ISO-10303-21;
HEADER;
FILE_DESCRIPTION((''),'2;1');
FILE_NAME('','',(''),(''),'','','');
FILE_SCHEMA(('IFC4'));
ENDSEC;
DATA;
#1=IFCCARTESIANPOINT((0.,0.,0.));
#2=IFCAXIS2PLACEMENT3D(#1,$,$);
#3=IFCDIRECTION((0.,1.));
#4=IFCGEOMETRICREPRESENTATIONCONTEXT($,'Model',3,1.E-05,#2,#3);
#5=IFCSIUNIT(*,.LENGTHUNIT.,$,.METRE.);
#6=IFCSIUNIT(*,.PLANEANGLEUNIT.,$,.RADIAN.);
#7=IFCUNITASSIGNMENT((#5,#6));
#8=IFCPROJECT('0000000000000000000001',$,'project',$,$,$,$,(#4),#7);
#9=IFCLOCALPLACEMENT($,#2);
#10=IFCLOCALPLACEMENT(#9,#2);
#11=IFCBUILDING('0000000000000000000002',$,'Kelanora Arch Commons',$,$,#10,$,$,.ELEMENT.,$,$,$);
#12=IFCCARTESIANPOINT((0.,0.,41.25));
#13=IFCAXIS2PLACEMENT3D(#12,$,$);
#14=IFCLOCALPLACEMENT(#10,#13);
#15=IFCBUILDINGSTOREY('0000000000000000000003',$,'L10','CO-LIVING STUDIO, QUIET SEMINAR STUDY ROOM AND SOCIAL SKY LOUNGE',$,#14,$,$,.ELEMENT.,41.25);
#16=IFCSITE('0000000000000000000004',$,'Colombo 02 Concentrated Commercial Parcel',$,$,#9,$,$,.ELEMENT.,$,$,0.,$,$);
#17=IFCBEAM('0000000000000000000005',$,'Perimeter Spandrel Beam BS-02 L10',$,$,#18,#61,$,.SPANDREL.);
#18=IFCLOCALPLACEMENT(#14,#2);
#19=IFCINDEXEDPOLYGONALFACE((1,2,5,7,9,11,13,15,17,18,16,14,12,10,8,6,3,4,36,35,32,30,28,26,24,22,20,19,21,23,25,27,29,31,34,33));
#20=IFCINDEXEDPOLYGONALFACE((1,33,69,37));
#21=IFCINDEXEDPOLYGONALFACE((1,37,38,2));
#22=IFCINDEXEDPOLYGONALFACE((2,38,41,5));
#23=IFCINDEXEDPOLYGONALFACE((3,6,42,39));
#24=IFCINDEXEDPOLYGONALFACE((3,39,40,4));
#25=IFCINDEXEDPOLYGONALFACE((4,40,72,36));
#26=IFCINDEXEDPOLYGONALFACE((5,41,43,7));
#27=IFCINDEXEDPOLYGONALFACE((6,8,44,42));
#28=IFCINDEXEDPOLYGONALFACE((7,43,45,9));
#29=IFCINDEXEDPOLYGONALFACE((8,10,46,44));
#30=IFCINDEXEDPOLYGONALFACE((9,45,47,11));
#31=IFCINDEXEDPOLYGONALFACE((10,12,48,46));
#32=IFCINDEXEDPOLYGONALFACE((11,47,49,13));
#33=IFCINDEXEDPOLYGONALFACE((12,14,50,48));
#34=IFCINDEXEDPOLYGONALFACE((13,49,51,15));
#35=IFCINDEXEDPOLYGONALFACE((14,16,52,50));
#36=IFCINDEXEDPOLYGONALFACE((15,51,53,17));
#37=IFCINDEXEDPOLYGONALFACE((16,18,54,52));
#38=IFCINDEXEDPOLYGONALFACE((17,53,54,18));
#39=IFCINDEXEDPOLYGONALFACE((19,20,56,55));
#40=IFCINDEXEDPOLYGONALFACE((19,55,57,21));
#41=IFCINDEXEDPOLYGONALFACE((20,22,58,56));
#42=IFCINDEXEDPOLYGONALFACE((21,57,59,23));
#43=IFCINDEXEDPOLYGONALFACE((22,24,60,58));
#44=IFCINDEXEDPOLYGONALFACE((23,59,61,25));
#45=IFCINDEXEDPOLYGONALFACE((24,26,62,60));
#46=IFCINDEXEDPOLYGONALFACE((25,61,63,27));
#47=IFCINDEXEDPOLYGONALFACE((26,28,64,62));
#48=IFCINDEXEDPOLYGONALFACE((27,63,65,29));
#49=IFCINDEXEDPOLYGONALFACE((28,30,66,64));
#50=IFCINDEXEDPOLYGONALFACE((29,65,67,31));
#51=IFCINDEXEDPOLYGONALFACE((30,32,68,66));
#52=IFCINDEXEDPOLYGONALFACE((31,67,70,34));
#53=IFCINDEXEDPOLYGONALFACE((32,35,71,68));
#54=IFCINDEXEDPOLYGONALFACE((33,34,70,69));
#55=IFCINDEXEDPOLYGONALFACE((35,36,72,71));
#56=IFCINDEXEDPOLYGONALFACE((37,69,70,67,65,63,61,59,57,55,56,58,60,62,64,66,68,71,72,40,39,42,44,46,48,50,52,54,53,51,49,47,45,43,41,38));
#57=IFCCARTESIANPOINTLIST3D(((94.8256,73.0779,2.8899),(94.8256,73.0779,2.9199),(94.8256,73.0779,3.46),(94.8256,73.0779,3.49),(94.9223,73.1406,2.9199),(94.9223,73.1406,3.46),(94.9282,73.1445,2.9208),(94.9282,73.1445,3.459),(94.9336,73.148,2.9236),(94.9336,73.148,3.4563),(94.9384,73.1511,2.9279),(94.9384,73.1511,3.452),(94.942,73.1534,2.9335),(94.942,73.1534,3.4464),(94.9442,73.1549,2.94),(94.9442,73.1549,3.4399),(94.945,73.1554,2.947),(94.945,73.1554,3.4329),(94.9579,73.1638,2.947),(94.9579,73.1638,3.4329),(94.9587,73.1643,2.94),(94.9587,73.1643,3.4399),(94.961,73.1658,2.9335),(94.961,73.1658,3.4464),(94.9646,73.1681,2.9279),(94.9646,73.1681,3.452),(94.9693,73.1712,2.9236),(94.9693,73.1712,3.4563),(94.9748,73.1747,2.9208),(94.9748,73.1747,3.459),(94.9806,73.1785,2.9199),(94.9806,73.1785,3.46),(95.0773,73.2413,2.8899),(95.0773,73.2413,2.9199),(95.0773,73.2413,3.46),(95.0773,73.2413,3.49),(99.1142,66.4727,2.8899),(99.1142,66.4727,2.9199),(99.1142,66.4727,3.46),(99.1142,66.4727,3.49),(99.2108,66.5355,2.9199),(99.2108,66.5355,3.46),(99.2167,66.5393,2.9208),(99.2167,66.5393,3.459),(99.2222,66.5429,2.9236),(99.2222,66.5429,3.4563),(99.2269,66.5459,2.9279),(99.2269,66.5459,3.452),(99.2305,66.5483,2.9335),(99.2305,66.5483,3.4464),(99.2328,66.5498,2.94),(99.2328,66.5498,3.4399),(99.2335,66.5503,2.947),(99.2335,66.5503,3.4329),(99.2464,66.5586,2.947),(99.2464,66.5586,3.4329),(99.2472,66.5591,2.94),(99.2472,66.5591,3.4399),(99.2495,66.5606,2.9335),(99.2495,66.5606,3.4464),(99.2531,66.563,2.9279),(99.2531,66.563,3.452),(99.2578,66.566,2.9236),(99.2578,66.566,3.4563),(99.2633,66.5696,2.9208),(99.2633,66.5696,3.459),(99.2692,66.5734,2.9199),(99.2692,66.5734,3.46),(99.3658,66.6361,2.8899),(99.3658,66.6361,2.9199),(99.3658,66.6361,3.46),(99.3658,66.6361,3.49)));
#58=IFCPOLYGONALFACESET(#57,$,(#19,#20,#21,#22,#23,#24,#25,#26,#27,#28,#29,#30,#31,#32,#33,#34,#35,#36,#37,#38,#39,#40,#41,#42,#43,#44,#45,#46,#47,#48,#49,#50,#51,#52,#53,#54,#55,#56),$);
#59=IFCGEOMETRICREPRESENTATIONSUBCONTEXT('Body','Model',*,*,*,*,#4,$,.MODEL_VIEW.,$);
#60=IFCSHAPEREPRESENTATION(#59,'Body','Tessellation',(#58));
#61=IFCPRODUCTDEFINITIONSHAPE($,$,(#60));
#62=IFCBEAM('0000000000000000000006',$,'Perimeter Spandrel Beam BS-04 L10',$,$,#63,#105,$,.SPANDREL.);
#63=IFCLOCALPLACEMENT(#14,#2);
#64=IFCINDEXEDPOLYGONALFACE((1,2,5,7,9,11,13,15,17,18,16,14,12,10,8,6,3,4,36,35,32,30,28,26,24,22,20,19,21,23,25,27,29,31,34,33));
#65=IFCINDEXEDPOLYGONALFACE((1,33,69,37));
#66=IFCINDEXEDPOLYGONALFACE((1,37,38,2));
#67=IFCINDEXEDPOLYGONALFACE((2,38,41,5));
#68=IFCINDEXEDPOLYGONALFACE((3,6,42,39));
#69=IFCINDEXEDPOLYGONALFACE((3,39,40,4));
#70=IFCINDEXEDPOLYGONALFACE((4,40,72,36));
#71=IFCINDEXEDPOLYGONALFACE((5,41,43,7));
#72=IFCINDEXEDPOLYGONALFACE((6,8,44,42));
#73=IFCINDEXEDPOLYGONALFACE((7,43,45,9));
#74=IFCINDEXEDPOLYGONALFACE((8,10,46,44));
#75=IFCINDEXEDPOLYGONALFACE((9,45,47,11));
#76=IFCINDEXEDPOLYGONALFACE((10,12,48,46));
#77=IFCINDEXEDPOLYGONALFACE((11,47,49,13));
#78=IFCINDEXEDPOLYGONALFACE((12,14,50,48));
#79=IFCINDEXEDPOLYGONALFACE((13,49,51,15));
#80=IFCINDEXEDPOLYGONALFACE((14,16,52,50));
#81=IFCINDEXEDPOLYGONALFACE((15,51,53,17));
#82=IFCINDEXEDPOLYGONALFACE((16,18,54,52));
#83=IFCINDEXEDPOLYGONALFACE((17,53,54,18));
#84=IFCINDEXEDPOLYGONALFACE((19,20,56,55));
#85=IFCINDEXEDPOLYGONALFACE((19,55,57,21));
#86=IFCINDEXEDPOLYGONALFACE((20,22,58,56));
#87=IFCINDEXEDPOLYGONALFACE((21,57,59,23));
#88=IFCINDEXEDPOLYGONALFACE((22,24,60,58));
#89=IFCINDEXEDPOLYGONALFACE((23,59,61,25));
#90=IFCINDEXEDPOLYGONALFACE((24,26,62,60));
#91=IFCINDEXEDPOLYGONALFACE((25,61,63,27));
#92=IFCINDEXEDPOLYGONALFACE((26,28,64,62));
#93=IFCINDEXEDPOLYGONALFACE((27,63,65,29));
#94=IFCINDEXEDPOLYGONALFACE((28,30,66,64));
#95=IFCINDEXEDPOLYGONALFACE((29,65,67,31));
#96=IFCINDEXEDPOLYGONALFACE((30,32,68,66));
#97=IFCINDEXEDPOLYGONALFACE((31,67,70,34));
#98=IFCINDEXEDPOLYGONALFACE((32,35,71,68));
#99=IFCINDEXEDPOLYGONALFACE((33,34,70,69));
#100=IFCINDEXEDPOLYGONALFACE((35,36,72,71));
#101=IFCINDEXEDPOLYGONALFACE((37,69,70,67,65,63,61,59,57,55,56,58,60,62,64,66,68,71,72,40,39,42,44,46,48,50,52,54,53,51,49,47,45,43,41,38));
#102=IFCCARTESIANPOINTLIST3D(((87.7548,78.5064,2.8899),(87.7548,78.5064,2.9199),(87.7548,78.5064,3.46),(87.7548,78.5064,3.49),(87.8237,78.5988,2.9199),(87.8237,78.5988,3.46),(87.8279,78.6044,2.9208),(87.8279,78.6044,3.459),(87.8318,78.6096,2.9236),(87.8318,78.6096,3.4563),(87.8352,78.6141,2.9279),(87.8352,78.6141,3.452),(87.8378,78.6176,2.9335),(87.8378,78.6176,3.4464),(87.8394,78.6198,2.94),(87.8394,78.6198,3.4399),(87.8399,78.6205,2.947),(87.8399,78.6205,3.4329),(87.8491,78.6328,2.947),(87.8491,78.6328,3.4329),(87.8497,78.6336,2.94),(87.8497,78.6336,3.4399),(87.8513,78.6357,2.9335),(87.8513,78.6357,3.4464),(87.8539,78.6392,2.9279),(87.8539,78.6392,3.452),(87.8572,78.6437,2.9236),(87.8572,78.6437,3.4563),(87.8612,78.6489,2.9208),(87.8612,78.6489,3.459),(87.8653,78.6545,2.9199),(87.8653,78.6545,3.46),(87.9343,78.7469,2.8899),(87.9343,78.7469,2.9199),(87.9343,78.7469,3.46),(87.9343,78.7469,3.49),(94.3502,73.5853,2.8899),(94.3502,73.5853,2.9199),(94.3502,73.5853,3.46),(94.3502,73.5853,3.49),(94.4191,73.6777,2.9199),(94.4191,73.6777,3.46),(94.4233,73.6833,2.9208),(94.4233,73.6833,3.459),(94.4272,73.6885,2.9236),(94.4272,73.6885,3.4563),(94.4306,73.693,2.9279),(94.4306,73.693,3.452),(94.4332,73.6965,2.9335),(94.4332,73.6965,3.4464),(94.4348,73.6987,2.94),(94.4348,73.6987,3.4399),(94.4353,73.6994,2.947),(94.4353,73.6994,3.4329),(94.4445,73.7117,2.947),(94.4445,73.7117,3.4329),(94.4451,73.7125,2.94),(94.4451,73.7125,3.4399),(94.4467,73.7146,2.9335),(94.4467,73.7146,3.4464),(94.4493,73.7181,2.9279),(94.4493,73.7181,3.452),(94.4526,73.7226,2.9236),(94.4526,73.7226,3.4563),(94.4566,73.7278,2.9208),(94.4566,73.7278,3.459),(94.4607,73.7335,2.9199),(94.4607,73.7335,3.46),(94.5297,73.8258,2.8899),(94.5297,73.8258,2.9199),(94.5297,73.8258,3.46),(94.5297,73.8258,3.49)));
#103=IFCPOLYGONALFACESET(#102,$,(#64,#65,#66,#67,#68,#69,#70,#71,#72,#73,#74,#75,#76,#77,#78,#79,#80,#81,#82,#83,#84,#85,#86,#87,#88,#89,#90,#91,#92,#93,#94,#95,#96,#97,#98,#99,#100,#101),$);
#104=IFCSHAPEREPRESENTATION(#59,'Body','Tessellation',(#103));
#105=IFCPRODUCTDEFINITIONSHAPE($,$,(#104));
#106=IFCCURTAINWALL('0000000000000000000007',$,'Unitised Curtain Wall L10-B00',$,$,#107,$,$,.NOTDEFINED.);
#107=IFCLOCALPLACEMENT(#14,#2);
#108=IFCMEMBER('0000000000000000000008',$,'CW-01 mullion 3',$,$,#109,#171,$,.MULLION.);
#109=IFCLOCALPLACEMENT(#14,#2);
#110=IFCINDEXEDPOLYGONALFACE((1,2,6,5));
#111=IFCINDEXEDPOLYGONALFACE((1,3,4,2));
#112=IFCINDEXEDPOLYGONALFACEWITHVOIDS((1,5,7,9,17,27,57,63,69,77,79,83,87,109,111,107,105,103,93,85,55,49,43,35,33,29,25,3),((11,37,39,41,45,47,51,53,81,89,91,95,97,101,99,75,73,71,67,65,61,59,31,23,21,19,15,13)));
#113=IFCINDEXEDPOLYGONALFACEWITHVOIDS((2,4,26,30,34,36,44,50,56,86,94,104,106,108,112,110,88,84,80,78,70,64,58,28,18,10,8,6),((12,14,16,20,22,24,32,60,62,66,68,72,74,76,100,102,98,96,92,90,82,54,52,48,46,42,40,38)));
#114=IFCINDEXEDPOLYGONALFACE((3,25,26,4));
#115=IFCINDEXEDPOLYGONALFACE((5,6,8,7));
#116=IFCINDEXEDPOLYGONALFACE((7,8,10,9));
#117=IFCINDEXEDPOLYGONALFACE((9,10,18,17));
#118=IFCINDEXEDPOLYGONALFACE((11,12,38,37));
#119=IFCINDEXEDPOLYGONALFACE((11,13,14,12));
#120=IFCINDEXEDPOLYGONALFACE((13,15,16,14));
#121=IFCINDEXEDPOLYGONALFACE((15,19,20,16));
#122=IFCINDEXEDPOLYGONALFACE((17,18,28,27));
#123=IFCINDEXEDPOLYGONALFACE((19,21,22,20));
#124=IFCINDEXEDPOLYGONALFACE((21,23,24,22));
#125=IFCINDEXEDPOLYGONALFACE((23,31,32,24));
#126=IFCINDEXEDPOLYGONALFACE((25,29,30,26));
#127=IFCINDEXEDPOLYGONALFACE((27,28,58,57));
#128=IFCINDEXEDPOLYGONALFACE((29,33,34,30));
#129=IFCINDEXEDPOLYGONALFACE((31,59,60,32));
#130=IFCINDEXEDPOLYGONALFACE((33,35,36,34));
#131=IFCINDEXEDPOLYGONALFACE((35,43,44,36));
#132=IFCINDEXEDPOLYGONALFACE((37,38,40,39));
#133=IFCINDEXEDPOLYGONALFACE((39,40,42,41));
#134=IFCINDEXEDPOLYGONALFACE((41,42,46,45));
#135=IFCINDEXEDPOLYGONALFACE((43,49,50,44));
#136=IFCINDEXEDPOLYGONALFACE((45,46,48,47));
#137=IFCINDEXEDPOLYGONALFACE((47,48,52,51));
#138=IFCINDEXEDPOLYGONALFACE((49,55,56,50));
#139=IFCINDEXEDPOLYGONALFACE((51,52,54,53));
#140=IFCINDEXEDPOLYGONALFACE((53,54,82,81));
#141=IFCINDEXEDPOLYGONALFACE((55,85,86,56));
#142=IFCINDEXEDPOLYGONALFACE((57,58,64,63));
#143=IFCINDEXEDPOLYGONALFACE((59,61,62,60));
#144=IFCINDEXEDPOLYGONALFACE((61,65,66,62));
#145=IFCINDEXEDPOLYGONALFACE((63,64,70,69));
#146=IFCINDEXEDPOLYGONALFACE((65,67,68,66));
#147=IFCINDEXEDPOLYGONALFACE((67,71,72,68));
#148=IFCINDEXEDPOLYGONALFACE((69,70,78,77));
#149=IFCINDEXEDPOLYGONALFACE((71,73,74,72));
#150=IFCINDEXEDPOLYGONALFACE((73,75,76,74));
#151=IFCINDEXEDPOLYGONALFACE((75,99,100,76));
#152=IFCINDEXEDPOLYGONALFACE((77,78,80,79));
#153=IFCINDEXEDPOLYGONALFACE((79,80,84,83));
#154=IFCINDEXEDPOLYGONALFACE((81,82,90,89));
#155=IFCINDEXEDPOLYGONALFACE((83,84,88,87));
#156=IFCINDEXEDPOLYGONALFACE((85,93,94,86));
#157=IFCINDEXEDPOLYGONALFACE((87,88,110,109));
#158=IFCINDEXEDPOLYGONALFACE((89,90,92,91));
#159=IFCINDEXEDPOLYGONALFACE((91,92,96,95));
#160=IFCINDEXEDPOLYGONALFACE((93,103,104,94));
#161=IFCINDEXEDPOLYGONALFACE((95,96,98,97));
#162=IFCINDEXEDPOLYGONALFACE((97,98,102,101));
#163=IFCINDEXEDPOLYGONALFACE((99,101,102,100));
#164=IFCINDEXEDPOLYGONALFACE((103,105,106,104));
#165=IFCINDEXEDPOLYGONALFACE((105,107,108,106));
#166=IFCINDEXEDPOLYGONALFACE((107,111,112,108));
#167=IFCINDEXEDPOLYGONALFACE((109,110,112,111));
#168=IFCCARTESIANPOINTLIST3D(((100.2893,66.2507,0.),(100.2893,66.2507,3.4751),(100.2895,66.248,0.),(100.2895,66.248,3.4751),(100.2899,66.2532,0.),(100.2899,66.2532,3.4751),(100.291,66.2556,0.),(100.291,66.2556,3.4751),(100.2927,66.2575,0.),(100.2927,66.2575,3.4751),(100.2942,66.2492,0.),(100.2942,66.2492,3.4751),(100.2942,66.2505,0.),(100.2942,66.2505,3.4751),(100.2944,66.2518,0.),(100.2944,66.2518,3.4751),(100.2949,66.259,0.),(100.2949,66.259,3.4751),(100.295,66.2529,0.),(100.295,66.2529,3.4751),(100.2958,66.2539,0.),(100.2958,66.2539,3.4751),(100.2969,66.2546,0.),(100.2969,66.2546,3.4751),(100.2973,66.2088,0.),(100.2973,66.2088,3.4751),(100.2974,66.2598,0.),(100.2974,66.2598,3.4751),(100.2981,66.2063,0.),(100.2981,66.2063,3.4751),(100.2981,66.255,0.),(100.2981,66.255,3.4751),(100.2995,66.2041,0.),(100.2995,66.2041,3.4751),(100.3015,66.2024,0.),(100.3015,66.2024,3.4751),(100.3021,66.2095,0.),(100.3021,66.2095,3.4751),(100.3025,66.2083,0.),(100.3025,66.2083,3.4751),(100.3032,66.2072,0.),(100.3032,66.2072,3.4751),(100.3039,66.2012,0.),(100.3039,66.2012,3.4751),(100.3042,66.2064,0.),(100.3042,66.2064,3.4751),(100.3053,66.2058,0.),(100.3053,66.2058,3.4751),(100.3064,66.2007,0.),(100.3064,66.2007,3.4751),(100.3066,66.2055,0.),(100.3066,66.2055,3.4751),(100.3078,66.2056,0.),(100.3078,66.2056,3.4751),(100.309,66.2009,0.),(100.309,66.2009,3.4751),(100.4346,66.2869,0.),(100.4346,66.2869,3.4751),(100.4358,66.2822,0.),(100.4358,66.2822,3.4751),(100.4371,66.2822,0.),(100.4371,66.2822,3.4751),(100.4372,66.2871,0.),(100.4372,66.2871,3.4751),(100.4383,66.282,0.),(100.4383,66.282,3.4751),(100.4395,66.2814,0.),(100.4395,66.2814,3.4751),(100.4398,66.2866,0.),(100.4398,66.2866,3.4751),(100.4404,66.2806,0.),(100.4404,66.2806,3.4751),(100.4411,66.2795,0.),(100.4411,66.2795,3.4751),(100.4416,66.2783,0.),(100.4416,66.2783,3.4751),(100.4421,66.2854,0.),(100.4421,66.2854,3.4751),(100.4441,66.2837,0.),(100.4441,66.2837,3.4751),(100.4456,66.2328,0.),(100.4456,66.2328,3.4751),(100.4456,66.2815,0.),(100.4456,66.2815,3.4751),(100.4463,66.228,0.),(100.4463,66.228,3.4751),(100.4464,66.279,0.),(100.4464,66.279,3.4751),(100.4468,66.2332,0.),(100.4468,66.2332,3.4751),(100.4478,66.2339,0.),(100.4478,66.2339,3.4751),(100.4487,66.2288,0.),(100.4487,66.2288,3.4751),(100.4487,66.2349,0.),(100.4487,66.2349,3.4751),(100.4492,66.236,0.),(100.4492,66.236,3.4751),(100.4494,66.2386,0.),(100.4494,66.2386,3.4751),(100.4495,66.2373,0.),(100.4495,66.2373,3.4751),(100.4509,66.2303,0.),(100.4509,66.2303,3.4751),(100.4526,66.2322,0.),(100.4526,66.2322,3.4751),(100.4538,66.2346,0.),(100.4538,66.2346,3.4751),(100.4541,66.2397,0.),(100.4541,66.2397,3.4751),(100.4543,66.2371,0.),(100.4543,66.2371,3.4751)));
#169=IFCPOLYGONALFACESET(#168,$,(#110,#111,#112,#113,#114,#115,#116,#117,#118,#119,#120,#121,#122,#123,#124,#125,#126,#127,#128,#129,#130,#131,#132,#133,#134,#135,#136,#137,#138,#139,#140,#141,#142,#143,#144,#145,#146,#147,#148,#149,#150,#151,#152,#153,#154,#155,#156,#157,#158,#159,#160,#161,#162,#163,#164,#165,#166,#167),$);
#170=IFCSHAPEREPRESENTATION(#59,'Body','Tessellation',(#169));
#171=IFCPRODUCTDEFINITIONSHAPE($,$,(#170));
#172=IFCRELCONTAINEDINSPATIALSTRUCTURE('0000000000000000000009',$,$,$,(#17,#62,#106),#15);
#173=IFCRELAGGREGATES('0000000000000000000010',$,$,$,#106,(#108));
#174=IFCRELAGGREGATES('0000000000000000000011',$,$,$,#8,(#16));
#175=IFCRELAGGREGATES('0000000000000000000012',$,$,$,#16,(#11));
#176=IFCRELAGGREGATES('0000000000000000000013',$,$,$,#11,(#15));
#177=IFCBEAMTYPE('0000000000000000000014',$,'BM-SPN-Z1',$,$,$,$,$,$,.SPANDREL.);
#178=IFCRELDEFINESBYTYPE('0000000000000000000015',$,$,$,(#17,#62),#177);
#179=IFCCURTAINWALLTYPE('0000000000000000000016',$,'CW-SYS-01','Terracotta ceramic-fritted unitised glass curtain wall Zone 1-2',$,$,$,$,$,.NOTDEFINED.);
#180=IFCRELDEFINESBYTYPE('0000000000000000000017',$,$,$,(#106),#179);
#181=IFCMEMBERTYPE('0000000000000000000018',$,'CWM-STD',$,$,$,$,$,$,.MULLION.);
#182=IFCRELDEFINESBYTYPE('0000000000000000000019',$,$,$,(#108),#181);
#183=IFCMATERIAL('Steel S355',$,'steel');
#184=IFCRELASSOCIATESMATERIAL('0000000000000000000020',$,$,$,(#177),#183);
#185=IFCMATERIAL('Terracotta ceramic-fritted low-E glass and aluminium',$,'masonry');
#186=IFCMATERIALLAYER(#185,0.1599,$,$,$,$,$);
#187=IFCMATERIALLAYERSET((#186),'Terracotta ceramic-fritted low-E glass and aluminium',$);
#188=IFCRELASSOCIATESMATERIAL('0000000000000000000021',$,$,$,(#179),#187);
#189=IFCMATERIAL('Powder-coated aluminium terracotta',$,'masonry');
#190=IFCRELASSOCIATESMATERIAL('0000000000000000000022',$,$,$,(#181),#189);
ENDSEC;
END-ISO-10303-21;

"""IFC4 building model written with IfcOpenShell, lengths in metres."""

from ifc_helpers import new_model, si_unit, direction, frame, origin, origin_2d, place, context, subcontext, project, spatial, hollow_rectangle, i_section, extrude, material, layer, layer_set, material_profile, profile_set, type_object, element, aggregate, save


model = new_model("IFC4")

# Units and contexts
model_context = context("Model", 3, precision=1e-05, world=origin(), true_north=direction((0.0, 1.0)))
body_context = subcontext(model_context, "Body", "Model", "MODEL_VIEW")
ifc_project = project(units=[si_unit("LENGTHUNIT", "METRE"), si_unit("PLANEANGLEUNIT", "RADIAN")], contexts=[model_context])

# Site, building, storey
site_placement = place(None, origin())
site = spatial("IfcSite", under=ifc_project, at=site_placement, Name="Colombo 02 Concentrated Commercial Parcel", CompositionType="ELEMENT", RefElevation=0.0)
building_placement = place(site_placement, origin())
building = spatial("IfcBuilding", under=site, at=building_placement, Name="Kelanora Arch Commons", CompositionType="ELEMENT")
storey_placement = place(building_placement, frame((0.0, 0.0, 41.25)))
storey = spatial("IfcBuildingStorey", under=building, at=storey_placement, Name="L10", Description="CO-LIVING STUDIO, QUIET SEMINAR STUDY ROOM AND SOCIAL SKY LOUNGE", CompositionType="ELEMENT", Elevation=41.25)

# Beams
ifc_material_1 = material(Name="Steel S355", Category="steel")
ifc_material_profile_1 = material_profile(ifc_material_1, i_section(OverallWidth=0.3, OverallDepth=0.6001, WebThickness=0.0154, FlangeThickness=0.03, FilletRadius=0.0271, at=origin_2d()), Name="HEB600")
ifc_profile_set_1 = profile_set([ifc_material_profile_1], Name="Steel S355")
beam_type_1 = type_object("IfcBeamType", Name="BM-SPN-Z1", PredefinedType="SPANDREL", material=ifc_profile_set_1)
beam_1_placement = place(storey_placement, frame((99.24, 66.5544, 3.1899), z_axis=(-0.544558, 0.838723, 0.0), x_axis=(-0.838723, -0.544558, 0.0)))
element("IfcBeam", 1, at=beam_1_placement, inside=storey, type_object=beam_type_1, Name="Perimeter Spandrel Beam BS-02 L10", PredefinedType="SPANDREL", context=body_context, shape_type="SweptSolid", body=[
    extrude(i_section(OverallWidth=0.3, OverallDepth=0.6001, WebThickness=0.0154, FlangeThickness=0.03, FilletRadius=0.0271, at=origin_2d()), origin(), (0.0, 0.0, 1.0), 7.8752),
])
beam_2_placement = place(storey_placement, frame((94.4399, 73.7056, 3.1899), z_axis=(-0.801482, 0.598019, 0.0), x_axis=(-0.598019, -0.801482, 0.0)))
element("IfcBeam", 2, at=beam_2_placement, inside=storey, type_object=beam_type_1, Name="Perimeter Spandrel Beam BS-04 L10", PredefinedType="SPANDREL", context=body_context, shape_type="SweptSolid", body=[
    extrude(i_section(OverallWidth=0.3, OverallDepth=0.6001, WebThickness=0.0154, FlangeThickness=0.03, FilletRadius=0.0271, at=origin_2d()), origin(), (0.0, 0.0, 1.0), 8.229),
])

# Curtain wall, member
ifc_material_2 = material(Name="Terracotta ceramic-fritted low-E glass and aluminium", Category="masonry")
ifc_layer_1 = layer(ifc_material_2, 0.1599)
ifc_layer_set_1 = layer_set([ifc_layer_1], Name="Terracotta ceramic-fritted low-E glass and aluminium")
curtain_wall_type = type_object("IfcCurtainWallType", Name="CW-SYS-01", Description="Terracotta ceramic-fritted unitised glass curtain wall Zone 1-2", PredefinedType="NOTDEFINED", material=ifc_layer_set_1)
curtain_wall_1_placement = place(storey_placement, origin())
curtain_wall_1 = element("IfcCurtainWall", 3, at=curtain_wall_1_placement, inside=storey, type_object=curtain_wall_type, Name="Unitised Curtain Wall L10-B00", PredefinedType="NOTDEFINED")
ifc_material_3 = material(Name="Powder-coated aluminium terracotta", Category="masonry")
ifc_material_profile_2 = material_profile(ifc_material_3, hollow_rectangle(XDim=0.1599, YDim=0.0601, WallThickness=0.0049, InnerFilletRadius=0.0049, OuterFilletRadius=0.01, at=origin_2d()), Name="CWM160x60")
ifc_profile_set_2 = profile_set([ifc_material_profile_2], Name="Powder-coated aluminium terracotta")
member_type_1 = type_object("IfcMemberType", Name="CWM-STD", PredefinedType="MULLION", material=ifc_profile_set_2)
member_1_placement = place(storey_placement, frame((100.3718, 66.2439, 0.0), z_axis=(0.0, 0.0, 1.0), x_axis=(-0.981052, -0.193744, 0.0)))
member_1 = element("IfcMember", 4, at=member_1_placement, type_object=member_type_1, Name="CW-01 mullion 3", PredefinedType="MULLION", context=body_context, shape_type="SweptSolid", body=[
    extrude(hollow_rectangle(XDim=0.1599, YDim=0.0601, WallThickness=0.0049, InnerFilletRadius=0.0049, OuterFilletRadius=0.01, at=origin_2d()), origin(), (0.0, 0.0, 1.0), 3.4751),
])
aggregate(curtain_wall_1, [member_1])

save(model, "model.ifc")
